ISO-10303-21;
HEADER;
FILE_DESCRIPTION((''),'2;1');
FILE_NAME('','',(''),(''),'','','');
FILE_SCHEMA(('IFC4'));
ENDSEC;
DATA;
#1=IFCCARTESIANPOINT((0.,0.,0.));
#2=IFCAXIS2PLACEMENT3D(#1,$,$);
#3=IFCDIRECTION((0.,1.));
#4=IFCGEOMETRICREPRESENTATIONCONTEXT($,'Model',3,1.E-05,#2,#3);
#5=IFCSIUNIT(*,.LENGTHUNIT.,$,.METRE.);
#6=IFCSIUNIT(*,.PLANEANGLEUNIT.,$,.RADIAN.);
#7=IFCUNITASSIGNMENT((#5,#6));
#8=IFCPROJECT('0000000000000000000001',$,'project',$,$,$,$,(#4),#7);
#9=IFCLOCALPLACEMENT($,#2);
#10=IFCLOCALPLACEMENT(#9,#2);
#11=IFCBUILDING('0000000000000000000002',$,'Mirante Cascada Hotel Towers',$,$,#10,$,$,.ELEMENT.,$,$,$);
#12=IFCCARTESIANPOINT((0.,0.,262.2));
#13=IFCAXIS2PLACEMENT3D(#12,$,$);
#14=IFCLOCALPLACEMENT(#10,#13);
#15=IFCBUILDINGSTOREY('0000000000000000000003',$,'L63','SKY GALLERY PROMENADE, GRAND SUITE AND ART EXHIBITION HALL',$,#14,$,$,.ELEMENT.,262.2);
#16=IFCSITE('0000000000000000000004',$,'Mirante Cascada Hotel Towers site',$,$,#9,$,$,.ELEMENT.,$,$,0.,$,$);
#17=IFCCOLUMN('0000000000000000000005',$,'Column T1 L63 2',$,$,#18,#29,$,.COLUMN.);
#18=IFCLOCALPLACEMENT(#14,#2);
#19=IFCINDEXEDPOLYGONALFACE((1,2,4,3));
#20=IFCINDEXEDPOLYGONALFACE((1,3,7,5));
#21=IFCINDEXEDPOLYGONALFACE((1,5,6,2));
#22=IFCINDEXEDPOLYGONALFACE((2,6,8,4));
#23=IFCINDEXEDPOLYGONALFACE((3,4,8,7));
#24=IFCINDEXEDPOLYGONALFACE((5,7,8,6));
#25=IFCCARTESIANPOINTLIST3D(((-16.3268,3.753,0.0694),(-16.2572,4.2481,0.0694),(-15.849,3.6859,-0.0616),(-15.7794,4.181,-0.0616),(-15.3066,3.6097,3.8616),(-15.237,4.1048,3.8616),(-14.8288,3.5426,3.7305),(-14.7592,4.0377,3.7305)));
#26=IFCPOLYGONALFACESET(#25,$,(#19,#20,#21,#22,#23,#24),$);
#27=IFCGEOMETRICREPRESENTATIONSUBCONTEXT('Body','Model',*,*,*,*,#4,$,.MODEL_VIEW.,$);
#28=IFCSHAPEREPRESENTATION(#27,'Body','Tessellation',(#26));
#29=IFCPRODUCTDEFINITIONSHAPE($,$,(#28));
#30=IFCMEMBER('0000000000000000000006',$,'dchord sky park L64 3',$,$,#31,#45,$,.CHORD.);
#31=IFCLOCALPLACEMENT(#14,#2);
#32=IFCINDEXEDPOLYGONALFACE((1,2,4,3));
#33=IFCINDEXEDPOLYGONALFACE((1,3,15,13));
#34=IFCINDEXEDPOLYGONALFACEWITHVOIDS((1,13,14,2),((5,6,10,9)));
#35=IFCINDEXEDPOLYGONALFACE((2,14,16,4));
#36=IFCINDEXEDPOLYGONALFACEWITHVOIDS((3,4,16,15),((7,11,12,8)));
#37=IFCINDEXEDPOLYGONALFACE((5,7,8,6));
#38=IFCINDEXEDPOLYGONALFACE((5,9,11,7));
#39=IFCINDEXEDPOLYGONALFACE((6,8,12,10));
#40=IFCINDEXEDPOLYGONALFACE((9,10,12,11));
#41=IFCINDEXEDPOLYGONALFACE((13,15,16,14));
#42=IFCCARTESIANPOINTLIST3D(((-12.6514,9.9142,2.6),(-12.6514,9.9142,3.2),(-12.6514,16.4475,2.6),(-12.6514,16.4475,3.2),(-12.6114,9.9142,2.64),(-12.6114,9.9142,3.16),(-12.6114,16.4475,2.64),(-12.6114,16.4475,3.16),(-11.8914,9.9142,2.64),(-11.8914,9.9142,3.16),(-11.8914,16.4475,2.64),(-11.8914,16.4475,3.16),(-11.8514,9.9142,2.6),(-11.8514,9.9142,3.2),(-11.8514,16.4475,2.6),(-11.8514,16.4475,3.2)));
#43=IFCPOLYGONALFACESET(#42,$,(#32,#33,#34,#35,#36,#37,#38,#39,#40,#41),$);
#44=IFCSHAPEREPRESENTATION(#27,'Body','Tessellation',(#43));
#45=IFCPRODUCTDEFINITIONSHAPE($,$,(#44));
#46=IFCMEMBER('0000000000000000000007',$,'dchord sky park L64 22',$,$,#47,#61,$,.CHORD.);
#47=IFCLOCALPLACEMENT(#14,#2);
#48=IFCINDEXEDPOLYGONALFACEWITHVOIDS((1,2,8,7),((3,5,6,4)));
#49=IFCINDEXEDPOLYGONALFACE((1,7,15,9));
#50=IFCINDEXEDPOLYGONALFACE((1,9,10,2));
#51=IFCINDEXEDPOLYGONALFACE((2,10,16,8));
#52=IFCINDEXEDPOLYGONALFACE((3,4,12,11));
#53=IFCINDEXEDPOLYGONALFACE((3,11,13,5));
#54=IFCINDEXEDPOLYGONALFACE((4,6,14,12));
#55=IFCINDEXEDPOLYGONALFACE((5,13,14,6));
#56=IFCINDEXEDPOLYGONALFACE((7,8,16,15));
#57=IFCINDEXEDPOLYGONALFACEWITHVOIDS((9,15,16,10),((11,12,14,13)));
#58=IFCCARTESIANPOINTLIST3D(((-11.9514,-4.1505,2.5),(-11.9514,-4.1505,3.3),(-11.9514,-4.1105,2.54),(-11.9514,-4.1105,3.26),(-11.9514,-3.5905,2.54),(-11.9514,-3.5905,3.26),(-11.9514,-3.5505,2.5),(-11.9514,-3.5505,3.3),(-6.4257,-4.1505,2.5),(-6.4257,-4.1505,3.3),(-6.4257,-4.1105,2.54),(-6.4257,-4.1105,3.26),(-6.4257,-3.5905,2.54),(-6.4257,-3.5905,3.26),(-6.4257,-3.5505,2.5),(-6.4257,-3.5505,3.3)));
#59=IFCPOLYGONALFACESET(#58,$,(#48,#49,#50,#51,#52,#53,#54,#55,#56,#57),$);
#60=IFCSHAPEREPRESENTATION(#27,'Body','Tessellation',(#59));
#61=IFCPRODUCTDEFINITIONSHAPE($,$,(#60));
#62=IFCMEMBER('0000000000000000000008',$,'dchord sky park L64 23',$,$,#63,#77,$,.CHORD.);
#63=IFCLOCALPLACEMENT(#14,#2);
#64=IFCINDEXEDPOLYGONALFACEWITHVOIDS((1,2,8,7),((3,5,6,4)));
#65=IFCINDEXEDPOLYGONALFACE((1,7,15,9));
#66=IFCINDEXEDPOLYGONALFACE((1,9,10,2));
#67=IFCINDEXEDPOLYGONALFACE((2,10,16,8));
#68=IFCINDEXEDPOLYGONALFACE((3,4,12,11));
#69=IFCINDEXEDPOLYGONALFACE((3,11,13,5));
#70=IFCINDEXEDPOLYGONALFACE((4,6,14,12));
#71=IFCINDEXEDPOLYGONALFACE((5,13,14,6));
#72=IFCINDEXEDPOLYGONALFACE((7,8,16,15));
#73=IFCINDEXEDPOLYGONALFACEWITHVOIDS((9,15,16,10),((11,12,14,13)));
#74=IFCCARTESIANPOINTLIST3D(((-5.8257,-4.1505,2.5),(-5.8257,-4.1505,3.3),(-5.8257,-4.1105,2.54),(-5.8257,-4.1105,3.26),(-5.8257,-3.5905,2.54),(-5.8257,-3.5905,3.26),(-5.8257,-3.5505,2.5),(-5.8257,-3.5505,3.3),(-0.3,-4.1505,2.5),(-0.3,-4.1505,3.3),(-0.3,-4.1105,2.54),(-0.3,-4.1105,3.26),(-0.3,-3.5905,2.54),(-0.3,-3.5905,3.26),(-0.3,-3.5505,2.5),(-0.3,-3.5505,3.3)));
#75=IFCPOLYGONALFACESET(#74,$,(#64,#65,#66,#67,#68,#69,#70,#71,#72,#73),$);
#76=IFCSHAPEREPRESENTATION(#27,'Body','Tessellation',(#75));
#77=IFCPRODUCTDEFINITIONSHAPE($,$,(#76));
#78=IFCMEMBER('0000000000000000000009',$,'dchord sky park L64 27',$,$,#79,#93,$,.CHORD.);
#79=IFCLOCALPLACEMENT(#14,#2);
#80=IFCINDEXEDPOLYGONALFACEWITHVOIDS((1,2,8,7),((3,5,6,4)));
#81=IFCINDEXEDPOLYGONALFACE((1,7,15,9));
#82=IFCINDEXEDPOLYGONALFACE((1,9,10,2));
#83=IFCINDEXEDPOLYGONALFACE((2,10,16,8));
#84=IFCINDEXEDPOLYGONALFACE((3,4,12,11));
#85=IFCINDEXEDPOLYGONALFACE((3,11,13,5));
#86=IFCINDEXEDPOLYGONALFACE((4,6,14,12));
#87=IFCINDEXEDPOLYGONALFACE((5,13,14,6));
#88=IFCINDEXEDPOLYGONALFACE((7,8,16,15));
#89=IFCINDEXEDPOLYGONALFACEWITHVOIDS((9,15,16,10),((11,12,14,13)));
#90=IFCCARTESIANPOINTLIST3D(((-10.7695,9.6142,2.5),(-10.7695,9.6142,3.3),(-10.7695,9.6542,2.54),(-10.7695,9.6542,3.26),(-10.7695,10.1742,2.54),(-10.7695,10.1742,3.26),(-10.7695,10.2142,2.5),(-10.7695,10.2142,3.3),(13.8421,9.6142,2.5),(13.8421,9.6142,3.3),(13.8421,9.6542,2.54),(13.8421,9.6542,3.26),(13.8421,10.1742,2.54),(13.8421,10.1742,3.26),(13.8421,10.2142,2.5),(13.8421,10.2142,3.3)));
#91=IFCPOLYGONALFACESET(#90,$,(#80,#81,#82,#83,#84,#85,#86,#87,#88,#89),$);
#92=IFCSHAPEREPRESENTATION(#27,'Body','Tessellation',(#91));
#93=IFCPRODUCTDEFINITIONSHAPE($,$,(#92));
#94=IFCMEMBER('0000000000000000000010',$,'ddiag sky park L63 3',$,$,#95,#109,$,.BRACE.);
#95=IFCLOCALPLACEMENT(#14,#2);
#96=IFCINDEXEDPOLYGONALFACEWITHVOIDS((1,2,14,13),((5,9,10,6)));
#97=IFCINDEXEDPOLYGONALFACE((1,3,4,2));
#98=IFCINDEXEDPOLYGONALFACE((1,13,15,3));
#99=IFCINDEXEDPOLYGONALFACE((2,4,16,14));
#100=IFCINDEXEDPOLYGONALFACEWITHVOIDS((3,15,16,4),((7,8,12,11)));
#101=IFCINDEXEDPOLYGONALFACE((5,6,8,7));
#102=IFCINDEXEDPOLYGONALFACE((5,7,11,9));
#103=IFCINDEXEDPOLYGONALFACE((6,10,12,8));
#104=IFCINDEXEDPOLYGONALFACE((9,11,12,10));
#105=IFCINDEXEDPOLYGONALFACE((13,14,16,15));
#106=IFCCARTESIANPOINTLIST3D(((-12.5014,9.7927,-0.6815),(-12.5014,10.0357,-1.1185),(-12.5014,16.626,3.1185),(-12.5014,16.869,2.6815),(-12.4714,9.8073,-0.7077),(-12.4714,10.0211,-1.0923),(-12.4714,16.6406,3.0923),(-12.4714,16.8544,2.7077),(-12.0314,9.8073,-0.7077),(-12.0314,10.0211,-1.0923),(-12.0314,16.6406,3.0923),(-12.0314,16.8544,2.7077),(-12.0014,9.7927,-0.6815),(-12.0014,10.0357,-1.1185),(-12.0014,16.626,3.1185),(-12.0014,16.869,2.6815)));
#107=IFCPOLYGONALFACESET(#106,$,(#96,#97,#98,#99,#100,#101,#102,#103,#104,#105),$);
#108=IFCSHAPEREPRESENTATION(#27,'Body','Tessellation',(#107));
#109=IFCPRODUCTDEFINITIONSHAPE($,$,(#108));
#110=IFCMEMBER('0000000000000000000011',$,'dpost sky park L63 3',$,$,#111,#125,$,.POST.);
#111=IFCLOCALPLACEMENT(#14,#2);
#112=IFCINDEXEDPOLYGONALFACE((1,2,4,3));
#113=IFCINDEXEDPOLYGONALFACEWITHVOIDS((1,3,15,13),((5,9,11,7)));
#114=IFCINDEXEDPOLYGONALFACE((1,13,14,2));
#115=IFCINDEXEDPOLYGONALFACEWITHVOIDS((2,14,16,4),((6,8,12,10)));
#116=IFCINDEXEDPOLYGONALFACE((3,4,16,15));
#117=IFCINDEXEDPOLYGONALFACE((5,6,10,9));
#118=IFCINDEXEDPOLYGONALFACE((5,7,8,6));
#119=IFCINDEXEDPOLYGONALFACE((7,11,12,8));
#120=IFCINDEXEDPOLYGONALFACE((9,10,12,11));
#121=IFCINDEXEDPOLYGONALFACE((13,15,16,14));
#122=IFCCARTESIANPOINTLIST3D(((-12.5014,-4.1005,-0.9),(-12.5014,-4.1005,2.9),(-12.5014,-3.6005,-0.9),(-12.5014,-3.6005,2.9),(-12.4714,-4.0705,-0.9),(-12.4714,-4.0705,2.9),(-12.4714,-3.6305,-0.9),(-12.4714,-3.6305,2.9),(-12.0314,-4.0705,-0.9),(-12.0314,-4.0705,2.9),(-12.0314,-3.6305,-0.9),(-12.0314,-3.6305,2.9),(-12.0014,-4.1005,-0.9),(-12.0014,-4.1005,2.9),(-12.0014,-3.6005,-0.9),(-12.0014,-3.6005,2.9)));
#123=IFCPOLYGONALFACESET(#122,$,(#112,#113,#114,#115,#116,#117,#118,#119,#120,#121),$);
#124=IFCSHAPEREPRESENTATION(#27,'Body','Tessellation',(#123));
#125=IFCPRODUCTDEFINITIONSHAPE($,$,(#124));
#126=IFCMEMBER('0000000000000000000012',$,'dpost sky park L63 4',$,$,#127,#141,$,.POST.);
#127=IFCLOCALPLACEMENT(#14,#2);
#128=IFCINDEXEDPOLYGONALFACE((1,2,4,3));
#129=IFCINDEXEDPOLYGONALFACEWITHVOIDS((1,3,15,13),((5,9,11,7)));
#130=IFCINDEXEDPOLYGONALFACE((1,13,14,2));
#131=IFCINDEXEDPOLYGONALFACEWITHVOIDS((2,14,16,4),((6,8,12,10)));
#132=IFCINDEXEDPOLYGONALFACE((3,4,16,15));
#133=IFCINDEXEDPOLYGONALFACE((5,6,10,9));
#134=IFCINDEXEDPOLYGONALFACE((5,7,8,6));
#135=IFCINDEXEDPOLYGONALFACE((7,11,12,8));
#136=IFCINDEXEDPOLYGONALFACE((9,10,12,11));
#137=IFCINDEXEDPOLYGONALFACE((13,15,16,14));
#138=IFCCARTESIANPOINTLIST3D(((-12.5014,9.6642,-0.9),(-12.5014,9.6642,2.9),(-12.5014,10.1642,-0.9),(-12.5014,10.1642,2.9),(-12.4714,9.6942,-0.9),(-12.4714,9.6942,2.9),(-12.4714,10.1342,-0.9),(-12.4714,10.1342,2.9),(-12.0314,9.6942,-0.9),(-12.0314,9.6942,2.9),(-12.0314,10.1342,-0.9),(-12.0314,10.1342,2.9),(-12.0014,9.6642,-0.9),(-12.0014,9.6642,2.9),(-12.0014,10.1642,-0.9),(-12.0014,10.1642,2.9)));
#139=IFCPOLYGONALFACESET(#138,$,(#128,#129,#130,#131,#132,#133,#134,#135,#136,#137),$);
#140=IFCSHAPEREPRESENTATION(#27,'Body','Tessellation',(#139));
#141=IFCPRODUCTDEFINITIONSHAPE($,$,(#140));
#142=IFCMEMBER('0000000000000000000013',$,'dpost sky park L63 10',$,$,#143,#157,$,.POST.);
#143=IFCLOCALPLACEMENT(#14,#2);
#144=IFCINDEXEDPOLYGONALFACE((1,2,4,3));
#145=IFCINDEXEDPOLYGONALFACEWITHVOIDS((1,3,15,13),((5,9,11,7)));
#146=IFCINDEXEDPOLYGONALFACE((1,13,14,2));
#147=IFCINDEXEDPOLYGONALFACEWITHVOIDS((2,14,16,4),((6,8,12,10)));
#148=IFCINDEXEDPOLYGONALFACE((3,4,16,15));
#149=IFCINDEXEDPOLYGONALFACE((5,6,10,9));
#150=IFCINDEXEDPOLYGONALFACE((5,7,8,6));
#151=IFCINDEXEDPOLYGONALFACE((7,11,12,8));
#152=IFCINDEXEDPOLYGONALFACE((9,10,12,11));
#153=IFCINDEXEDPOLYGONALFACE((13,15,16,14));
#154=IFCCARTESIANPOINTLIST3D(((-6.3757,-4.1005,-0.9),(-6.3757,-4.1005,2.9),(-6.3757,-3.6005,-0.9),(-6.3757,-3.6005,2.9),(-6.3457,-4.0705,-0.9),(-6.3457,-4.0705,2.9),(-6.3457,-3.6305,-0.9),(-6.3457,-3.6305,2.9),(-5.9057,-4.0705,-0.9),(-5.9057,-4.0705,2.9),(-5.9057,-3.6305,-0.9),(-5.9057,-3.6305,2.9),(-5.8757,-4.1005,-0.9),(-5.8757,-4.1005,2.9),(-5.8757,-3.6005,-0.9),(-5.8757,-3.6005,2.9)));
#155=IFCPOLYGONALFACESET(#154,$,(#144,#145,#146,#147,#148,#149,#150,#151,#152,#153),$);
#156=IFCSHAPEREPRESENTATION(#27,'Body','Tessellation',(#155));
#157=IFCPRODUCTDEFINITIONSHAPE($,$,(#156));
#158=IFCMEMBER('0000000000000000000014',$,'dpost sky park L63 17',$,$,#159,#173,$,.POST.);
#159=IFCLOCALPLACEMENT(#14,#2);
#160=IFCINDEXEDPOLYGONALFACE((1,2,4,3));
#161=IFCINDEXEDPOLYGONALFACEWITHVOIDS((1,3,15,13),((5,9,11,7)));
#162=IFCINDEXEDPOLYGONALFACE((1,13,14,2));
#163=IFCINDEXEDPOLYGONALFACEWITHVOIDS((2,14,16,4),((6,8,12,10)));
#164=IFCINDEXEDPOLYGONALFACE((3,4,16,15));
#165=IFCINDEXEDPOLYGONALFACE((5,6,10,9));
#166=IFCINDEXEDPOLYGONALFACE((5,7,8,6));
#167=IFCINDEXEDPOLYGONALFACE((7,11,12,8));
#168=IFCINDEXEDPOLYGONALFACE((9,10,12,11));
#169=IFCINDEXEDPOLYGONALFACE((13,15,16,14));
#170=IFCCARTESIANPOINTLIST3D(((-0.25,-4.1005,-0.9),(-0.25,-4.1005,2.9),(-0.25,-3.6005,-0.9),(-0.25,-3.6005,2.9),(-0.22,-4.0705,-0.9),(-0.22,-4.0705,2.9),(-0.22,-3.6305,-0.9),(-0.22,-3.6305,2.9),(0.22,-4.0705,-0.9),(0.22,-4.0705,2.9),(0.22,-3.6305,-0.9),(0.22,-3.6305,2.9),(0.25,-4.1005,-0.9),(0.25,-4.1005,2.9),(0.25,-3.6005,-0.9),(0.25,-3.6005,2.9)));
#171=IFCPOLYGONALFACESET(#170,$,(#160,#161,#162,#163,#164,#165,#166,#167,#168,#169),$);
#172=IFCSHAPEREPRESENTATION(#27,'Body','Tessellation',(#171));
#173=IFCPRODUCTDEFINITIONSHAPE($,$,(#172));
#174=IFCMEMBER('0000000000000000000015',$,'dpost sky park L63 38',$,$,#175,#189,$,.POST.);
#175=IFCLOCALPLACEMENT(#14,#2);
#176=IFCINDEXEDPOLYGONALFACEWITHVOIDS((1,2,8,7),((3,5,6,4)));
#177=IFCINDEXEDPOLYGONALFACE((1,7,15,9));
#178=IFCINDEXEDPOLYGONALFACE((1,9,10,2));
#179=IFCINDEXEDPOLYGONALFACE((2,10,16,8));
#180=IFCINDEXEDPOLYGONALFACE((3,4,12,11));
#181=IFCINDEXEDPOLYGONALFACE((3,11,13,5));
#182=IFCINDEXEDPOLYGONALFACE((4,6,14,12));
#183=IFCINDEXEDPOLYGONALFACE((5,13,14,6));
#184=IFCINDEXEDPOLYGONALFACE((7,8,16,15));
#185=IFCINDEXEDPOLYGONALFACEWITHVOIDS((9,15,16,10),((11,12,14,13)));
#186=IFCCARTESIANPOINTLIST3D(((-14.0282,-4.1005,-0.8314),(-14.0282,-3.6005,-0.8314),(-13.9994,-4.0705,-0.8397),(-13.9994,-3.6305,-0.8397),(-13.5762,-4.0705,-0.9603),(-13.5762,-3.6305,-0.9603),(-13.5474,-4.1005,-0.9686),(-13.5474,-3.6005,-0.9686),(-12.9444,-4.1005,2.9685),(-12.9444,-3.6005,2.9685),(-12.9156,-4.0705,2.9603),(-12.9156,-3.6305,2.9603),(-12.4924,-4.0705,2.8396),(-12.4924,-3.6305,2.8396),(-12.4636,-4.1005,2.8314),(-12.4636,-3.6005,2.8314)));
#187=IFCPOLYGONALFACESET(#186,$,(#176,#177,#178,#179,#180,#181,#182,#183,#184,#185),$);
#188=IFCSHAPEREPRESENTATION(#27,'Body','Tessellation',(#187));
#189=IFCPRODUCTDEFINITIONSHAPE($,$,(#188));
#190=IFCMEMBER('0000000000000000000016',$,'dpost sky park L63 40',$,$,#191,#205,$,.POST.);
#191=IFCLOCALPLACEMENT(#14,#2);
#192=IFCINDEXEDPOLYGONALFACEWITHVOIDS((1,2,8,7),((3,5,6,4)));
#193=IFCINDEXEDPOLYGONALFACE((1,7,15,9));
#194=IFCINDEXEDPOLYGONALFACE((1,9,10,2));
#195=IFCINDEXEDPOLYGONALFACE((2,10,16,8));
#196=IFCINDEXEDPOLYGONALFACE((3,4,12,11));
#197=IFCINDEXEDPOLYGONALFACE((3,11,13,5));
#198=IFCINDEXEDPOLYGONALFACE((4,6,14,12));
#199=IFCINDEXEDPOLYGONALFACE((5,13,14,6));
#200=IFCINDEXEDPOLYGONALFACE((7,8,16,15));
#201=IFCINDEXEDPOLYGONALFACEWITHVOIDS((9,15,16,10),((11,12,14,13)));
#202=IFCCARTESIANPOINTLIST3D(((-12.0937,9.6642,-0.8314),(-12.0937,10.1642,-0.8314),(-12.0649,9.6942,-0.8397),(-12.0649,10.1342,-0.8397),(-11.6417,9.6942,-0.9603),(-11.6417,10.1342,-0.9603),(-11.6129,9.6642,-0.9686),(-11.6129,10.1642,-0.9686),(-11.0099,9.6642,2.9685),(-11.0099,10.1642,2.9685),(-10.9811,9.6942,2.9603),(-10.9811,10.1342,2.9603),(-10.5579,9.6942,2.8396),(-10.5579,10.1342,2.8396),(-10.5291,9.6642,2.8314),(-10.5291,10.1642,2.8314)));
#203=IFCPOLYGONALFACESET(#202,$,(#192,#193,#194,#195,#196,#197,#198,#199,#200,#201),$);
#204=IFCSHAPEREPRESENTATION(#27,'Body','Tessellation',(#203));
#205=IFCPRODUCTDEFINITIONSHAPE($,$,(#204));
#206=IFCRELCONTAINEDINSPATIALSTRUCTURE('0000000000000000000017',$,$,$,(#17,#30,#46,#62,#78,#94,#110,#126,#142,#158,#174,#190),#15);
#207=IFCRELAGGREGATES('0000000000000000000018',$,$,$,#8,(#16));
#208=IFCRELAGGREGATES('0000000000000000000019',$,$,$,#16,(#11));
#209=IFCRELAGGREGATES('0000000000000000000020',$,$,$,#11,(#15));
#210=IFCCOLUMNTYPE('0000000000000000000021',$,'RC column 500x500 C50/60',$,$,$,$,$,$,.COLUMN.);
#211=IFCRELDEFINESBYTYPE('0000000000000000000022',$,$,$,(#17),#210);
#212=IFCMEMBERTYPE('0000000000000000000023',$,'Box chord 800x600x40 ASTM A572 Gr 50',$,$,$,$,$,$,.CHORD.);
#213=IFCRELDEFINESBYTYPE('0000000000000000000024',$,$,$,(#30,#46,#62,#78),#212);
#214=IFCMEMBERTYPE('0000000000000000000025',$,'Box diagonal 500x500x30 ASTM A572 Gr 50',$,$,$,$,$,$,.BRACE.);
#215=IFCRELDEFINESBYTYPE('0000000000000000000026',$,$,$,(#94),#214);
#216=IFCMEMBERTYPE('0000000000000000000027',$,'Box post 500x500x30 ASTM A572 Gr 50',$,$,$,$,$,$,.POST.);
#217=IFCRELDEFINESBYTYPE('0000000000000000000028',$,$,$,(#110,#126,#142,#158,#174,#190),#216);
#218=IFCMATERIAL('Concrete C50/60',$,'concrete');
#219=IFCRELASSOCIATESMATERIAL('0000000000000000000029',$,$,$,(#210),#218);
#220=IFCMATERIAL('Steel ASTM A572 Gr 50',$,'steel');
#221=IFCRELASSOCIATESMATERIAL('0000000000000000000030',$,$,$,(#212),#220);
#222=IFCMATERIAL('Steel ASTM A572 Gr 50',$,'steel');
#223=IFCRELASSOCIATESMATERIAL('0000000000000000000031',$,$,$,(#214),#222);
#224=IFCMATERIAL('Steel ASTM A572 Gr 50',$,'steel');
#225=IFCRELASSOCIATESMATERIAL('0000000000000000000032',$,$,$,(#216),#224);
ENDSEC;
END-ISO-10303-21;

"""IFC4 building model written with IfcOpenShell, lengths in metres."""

from ifc_helpers import new_model, si_unit, direction, frame, origin, origin_2d, place, context, subcontext, project, spatial, rectangle, hollow_rectangle, extrude, material, material_profile, profile_set, type_object, element, save


model = new_model("IFC4")

# Units and contexts
model_context = context("Model", 3, precision=1e-05, world=origin(), true_north=direction((0.0, 1.0)))
body_context = subcontext(model_context, "Body", "Model", "MODEL_VIEW")
ifc_project = project(units=[si_unit("LENGTHUNIT", "METRE"), si_unit("PLANEANGLEUNIT", "RADIAN")], contexts=[model_context])

# Site, building, storey
site_placement = place(None, origin())
site = spatial("IfcSite", under=ifc_project, at=site_placement, Name="Mirante Cascada Hotel Towers site", CompositionType="ELEMENT", RefElevation=0.0)
building_placement = place(site_placement, origin())
building = spatial("IfcBuilding", under=site, at=building_placement, Name="Mirante Cascada Hotel Towers", CompositionType="ELEMENT")
storey_placement = place(building_placement, frame((0.0, 0.0, 262.2)))
storey = spatial("IfcBuildingStorey", under=building, at=storey_placement, Name="L63", Description="SKY GALLERY PROMENADE, GRAND SUITE AND ART EXHIBITION HALL", CompositionType="ELEMENT", Elevation=262.2)

# Column
ifc_material_1 = material(Name="Concrete C50/60", Category="concrete")
ifc_material_profile_1 = material_profile(ifc_material_1, rectangle(XDim=0.5, YDim=0.5, at=origin_2d()), Name="RC column 500x500 C50/60")
ifc_profile_set_1 = profile_set([ifc_material_profile_1], Name="Concrete C50/60")
column_type = type_object("IfcColumnType", Name="RC column 500x500 C50/60", PredefinedType="COLUMN", material=ifc_profile_set_1)
column_placement = place(storey_placement, frame((-16.0531, 3.967, 0.0039), z_axis=(0.259616, -0.036466, 0.965023), x_axis=(0.139097, 0.990279, 0.0)))
element("IfcColumn", 1, at=column_placement, inside=storey, type_object=column_type, Name="Column T1 L63 2", PredefinedType="COLUMN", context=body_context, shape_type="SweptSolid", body=[
    extrude(rectangle(XDim=0.5, YDim=0.5, at=origin_2d()), origin(), (0.0, 0.0, 1.0), 3.9296),
])

# Members
ifc_material_2 = material(Name="Steel ASTM A572 Gr 50", Category="steel")
ifc_material_profile_2 = material_profile(ifc_material_2, hollow_rectangle(XDim=0.6, YDim=0.8, WallThickness=0.04, at=origin_2d()), Name="Box chord 800x600x40 ASTM A572 Gr 50")
ifc_profile_set_2 = profile_set([ifc_material_profile_2], Name="Steel ASTM A572 Gr 50")
member_type_1 = type_object("IfcMemberType", Name="Box chord 800x600x40 ASTM A572 Gr 50", PredefinedType="CHORD", material=ifc_profile_set_2)
member_1_placement = place(storey_placement, frame((-12.2514, 9.9142, 2.9), z_axis=(0.0, 1.0, 0.0), x_axis=(0.0, 0.0, 1.0)))
element("IfcMember", 2, at=member_1_placement, inside=storey, type_object=member_type_1, Name="dchord sky park L64 3", PredefinedType="CHORD", context=body_context, shape_type="SweptSolid", body=[
    extrude(hollow_rectangle(XDim=0.6, YDim=0.8, WallThickness=0.04, at=origin_2d()), origin(), (0.0, 0.0, 1.0), 6.5333),
])
for number, where, z_axis, x_axis, name in (
    (3, (-11.9514, -3.8505, 2.9), (1.0, 0.0, 0.0), (0.0, 1.0, 0.0), "dchord sky park L64 22"),
    (4, (-5.8257, -3.8505, 2.9), (1.0, 0.0, 0.0), (0.0, 1.0, 0.0), "dchord sky park L64 23"),
):
    element("IfcMember", number, at=place(storey_placement, frame(where, z_axis=z_axis, x_axis=x_axis)), inside=storey, type_object=member_type_1, Name=name, PredefinedType="CHORD", context=body_context, shape_type="SweptSolid", body=[
        extrude(hollow_rectangle(XDim=0.6, YDim=0.8, WallThickness=0.04, at=origin_2d()), origin(), (0.0, 0.0, 1.0), 5.5257),
    ])
member_2_placement = place(storey_placement, frame((-10.7695, 9.9142, 2.9), z_axis=(1.0, 0.0, 0.0), x_axis=(0.0, 1.0, 0.0)))
element("IfcMember", 5, at=member_2_placement, inside=storey, type_object=member_type_1, Name="dchord sky park L64 27", PredefinedType="CHORD", context=body_context, shape_type="SweptSolid", body=[
    extrude(hollow_rectangle(XDim=0.6, YDim=0.8, WallThickness=0.04, at=origin_2d()), origin(), (0.0, 0.0, 1.0), 24.6116),
])
ifc_material_3 = material(Name="Steel ASTM A572 Gr 50", Category="steel")
ifc_material_profile_3 = material_profile(ifc_material_3, hollow_rectangle(XDim=0.5, YDim=0.5, WallThickness=0.03, at=origin_2d()), Name="Box diagonal 500x500x30 ASTM A572 Gr 50")
ifc_profile_set_3 = profile_set([ifc_material_profile_3], Name="Steel ASTM A572 Gr 50")
member_type_2 = type_object("IfcMemberType", Name="Box diagonal 500x500x30 ASTM A572 Gr 50", PredefinedType="BRACE", material=ifc_profile_set_3)
member_3_placement = place(storey_placement, frame((-12.2514, 9.9142, -0.9), z_axis=(0.0, 0.873955, 0.486007), x_axis=(-1.0, 0.0, 0.0)))
element("IfcMember", 6, at=member_3_placement, inside=storey, type_object=member_type_2, Name="ddiag sky park L63 3", PredefinedType="BRACE", context=body_context, shape_type="SweptSolid", body=[
    extrude(hollow_rectangle(XDim=0.5, YDim=0.5, WallThickness=0.03, at=origin_2d()), origin(), (0.0, 0.0, 1.0), 7.8188),
])
ifc_material_4 = material(Name="Steel ASTM A572 Gr 50", Category="steel")
ifc_material_profile_4 = material_profile(ifc_material_4, hollow_rectangle(XDim=0.5, YDim=0.5, WallThickness=0.03, at=origin_2d()), Name="Box post 500x500x30 ASTM A572 Gr 50")
ifc_profile_set_4 = profile_set([ifc_material_profile_4], Name="Steel ASTM A572 Gr 50")
member_type_3 = type_object("IfcMemberType", Name="Box post 500x500x30 ASTM A572 Gr 50", PredefinedType="POST", material=ifc_profile_set_4)
for number, where, z_axis, x_axis, name in (
    (7, (-12.2514, -3.8505, -0.9), (0.0, 0.0, 1.0), (1.0, 0.0, 0.0), "dpost sky park L63 3"),
    (8, (-12.2514, 9.9142, -0.9), (0.0, 0.0, 1.0), (1.0, 0.0, 0.0), "dpost sky park L63 4"),
    (9, (-6.1257, -3.8505, -0.9), (0.0, 0.0, 1.0), (1.0, 0.0, 0.0), "dpost sky park L63 10"),
    (10, (0.0, -3.8505, -0.9), (0.0, 0.0, 1.0), (1.0, 0.0, 0.0), "dpost sky park L63 17"),
):
    element("IfcMember", number, at=place(storey_placement, frame(where, z_axis=z_axis, x_axis=x_axis)), inside=storey, type_object=member_type_3, Name=name, PredefinedType="POST", context=body_context, shape_type="SweptSolid", body=[
        extrude(hollow_rectangle(XDim=0.5, YDim=0.5, WallThickness=0.03, at=origin_2d()), origin(), (0.0, 0.0, 1.0), 3.8),
    ])
for number, where, z_axis, x_axis, name in (
    (11, (-13.7878, -3.8505, -0.9), (0.274273, 0.0, 0.961652), (0.0, 1.0, 0.0), "dpost sky park L63 38"),
    (12, (-11.8533, 9.9142, -0.9), (0.274273, 0.0, 0.961652), (0.0, 1.0, 0.0), "dpost sky park L63 40"),
):
    element("IfcMember", number, at=place(storey_placement, frame(where, z_axis=z_axis, x_axis=x_axis)), inside=storey, type_object=member_type_3, Name=name, PredefinedType="POST", context=body_context, shape_type="SweptSolid", body=[
        extrude(hollow_rectangle(XDim=0.5, YDim=0.5, WallThickness=0.03, at=origin_2d()), origin(), (0.0, 0.0, 1.0), 3.9515),
    ])

save(model, "model.ifc")
